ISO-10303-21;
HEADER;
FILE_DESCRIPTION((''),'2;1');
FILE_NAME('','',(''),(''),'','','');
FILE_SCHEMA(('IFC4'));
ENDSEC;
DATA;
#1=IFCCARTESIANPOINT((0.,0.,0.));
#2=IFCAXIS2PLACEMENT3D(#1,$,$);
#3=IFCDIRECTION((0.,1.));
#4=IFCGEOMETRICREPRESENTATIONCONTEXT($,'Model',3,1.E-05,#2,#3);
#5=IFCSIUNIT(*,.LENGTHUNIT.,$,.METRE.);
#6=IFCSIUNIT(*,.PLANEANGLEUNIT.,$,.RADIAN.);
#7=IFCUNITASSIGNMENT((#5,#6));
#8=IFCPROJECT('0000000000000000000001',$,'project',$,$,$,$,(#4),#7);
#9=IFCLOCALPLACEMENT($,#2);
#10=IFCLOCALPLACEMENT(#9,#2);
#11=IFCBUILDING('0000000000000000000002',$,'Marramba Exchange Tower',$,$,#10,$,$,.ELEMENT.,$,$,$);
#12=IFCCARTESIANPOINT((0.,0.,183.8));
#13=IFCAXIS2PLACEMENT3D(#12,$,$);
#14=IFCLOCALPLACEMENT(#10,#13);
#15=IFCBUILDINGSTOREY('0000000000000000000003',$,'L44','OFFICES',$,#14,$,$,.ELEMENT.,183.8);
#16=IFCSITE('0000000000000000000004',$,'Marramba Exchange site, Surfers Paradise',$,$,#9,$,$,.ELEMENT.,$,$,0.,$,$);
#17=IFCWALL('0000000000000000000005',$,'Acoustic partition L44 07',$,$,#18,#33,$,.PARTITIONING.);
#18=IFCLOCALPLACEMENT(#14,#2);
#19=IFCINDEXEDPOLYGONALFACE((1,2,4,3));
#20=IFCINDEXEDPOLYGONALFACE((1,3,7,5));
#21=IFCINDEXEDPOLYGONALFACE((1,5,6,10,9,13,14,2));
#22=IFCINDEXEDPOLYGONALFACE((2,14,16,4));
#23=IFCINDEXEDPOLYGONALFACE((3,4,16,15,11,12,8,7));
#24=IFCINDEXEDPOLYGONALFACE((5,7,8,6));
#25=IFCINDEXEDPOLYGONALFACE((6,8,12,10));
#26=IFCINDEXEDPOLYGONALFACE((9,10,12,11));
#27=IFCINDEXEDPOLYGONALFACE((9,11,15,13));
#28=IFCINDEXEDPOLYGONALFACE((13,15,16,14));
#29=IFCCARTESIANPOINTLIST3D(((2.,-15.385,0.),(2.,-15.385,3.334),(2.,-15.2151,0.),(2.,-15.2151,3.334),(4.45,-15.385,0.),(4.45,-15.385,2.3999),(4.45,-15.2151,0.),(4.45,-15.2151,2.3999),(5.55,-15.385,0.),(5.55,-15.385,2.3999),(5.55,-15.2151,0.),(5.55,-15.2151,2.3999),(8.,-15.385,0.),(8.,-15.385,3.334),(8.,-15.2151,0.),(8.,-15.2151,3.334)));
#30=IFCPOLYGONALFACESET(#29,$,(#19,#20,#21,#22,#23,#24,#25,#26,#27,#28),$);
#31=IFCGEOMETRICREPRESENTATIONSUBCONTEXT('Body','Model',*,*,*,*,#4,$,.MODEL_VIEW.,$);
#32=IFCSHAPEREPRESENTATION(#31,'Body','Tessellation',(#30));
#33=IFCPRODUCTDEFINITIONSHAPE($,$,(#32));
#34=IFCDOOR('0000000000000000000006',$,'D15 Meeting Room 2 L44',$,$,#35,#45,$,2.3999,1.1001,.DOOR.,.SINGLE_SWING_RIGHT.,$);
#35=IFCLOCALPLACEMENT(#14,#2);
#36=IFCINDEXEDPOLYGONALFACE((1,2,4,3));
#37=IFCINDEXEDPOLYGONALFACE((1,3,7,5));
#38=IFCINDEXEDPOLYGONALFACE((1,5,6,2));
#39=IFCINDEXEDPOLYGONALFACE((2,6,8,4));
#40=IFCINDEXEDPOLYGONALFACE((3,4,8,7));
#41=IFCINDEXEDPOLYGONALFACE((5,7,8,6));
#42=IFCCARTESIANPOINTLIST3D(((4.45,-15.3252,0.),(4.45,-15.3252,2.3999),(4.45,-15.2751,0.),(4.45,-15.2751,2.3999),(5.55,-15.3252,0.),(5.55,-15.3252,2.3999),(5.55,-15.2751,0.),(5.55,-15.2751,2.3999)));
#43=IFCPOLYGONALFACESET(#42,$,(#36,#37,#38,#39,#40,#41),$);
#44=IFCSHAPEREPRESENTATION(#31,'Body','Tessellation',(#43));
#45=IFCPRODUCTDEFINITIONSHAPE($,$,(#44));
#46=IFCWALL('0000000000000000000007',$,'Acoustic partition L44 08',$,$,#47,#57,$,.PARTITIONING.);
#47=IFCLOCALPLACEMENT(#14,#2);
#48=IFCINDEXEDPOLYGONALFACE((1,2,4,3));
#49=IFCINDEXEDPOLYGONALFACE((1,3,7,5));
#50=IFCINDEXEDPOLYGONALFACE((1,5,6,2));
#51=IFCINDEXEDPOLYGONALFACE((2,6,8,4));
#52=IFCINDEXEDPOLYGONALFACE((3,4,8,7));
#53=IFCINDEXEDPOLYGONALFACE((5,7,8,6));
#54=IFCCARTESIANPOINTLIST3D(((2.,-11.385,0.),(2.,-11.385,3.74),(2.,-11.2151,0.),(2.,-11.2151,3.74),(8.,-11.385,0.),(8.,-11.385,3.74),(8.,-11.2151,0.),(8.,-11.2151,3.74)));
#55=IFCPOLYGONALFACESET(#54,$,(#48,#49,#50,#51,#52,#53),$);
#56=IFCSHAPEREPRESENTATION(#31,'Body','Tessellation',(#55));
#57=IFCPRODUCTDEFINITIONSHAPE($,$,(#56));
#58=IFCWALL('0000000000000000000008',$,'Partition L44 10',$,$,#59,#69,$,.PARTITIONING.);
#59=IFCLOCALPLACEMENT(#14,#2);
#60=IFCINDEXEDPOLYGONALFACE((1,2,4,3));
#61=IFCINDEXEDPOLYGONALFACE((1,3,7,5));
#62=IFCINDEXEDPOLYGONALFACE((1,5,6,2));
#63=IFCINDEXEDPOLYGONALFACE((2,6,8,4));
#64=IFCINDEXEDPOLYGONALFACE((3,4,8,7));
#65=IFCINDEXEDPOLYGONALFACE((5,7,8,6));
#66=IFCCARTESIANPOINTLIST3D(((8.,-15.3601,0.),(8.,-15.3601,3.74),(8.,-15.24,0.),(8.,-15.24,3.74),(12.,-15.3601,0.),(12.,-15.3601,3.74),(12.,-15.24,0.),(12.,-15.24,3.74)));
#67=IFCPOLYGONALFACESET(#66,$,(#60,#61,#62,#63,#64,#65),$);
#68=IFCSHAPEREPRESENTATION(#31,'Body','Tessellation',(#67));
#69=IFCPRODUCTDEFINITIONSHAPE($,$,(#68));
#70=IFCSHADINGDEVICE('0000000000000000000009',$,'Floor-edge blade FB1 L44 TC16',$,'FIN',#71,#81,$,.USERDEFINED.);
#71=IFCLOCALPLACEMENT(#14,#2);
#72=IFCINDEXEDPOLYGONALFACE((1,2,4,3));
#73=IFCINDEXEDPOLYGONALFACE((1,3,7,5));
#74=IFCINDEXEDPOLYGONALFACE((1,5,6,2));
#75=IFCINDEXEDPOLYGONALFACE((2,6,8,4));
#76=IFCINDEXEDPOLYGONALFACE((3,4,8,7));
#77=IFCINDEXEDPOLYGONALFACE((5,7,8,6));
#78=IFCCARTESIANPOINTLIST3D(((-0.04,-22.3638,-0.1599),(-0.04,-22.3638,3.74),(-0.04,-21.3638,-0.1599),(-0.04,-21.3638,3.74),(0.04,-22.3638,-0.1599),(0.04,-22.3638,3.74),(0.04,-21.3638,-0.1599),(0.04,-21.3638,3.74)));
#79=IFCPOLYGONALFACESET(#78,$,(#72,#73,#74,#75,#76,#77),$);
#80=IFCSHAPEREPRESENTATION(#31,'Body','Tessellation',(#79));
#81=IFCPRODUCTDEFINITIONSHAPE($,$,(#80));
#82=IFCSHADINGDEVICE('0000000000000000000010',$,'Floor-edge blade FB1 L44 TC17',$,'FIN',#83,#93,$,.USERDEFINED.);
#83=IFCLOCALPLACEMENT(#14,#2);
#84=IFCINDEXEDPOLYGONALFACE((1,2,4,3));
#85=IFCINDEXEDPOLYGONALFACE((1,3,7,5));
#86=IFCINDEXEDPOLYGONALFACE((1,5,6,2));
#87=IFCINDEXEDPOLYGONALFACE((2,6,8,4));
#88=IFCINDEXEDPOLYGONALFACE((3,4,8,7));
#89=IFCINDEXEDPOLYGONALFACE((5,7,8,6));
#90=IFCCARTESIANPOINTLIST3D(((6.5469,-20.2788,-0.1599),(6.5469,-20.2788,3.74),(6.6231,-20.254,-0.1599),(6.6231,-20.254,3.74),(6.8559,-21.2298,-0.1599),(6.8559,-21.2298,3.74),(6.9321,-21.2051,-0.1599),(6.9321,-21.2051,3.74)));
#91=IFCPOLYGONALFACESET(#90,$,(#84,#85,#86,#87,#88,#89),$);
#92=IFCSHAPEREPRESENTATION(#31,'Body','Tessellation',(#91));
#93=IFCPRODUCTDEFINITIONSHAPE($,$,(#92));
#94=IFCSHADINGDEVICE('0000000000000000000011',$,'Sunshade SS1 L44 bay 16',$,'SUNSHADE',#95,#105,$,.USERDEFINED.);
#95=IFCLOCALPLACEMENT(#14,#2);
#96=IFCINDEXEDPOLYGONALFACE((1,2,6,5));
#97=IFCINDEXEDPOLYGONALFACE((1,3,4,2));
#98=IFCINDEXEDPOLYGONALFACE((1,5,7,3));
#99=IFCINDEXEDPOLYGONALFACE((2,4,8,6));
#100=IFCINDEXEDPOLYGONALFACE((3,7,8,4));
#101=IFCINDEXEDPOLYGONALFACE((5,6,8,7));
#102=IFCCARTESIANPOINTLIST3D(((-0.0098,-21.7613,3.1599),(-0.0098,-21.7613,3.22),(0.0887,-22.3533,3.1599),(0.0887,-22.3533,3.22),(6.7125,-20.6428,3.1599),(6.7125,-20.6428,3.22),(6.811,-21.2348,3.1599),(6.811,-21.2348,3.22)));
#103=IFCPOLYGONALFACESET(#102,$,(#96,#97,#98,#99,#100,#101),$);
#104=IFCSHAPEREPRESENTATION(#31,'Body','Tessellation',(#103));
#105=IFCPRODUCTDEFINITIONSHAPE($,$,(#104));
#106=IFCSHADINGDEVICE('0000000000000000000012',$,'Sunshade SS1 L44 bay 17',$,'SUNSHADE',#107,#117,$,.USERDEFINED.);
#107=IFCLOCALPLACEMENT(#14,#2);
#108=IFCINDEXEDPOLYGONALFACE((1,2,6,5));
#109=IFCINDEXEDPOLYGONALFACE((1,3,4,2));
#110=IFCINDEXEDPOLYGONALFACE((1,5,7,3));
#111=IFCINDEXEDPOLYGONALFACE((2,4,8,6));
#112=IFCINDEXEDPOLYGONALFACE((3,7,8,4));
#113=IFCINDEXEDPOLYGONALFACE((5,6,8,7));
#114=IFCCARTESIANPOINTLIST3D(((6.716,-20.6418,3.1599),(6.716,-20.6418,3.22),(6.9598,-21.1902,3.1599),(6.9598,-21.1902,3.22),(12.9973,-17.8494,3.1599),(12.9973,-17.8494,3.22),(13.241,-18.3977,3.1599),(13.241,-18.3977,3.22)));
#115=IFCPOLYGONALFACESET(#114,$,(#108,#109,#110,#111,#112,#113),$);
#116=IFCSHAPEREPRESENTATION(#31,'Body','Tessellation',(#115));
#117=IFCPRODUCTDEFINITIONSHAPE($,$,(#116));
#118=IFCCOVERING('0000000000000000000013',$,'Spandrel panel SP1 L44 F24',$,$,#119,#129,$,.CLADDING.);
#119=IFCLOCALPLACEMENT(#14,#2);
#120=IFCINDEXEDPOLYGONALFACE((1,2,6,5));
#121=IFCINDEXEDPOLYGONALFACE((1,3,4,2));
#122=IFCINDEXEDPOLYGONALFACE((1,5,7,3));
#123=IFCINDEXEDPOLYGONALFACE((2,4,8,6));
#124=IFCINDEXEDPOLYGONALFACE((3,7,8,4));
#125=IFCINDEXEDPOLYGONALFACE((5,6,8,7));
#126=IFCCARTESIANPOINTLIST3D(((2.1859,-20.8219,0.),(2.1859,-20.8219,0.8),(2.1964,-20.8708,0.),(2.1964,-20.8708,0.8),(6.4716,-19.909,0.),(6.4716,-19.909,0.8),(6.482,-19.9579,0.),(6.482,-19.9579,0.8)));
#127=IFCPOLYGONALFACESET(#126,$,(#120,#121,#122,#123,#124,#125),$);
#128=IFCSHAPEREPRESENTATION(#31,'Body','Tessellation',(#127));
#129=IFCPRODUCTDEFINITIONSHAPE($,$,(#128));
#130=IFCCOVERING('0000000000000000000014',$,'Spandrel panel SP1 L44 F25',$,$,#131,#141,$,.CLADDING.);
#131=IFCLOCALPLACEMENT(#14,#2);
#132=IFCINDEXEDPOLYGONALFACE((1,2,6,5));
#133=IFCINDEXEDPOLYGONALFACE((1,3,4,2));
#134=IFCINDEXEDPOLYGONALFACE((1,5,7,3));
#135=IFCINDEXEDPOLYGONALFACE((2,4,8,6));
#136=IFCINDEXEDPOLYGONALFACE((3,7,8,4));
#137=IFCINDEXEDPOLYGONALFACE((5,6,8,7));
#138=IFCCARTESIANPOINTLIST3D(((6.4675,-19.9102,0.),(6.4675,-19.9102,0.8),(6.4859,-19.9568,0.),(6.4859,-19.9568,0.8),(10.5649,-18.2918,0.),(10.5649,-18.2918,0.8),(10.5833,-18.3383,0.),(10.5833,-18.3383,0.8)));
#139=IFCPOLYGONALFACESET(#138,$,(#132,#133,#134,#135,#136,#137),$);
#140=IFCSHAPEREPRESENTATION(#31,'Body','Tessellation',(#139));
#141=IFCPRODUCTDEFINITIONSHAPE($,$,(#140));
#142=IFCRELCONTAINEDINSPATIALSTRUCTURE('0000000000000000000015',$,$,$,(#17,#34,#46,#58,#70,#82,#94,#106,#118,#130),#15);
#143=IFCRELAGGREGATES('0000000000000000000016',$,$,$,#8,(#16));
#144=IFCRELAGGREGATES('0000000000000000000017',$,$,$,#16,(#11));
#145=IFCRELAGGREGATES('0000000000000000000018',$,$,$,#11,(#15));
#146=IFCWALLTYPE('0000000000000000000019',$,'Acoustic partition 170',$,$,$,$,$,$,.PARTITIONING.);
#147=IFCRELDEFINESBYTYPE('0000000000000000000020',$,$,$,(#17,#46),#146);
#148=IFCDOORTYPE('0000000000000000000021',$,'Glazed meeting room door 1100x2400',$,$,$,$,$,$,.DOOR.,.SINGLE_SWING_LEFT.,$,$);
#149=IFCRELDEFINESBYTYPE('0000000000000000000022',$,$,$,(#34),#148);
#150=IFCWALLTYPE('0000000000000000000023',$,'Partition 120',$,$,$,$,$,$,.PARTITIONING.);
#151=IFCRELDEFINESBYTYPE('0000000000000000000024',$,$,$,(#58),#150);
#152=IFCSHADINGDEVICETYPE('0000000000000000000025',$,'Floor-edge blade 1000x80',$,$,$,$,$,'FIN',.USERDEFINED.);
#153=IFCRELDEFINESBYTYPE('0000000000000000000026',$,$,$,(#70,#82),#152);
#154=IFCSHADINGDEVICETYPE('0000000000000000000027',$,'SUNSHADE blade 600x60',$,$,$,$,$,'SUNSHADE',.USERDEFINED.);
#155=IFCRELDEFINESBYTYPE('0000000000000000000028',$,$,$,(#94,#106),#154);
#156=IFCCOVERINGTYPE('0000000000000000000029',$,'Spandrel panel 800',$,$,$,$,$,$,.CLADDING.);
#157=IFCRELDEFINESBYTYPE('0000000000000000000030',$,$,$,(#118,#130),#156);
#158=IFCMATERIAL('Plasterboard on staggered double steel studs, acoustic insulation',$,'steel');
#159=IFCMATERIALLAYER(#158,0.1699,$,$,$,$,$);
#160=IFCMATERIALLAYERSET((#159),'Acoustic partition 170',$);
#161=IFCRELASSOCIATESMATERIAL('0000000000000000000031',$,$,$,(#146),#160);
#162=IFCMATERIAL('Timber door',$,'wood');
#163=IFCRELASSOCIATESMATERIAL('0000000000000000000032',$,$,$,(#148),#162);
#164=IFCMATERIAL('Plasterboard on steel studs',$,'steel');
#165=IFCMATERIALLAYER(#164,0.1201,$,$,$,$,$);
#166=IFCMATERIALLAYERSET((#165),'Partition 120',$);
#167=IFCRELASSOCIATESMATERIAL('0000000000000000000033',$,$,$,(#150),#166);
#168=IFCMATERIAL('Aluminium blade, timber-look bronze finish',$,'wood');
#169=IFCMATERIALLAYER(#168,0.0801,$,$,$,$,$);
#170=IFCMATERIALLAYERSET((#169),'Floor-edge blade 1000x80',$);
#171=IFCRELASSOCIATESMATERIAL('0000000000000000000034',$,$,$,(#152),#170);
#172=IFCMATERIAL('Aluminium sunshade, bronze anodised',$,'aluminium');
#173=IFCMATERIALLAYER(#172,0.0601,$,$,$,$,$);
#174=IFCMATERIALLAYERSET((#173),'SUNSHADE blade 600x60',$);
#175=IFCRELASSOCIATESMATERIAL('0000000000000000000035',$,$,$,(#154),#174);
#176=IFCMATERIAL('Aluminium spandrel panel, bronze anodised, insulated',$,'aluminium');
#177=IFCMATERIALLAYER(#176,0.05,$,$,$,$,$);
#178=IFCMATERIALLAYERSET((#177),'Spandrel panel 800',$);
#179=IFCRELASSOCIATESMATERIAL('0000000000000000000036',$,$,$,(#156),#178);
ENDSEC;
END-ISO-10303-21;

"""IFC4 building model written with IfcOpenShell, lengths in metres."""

from ifc_helpers import new_model, si_unit, direction, frame, frame_2d, origin, origin_2d, place, context, subcontext, project, spatial, rectangle, extrude, material, layer, layer_set, type_object, element, fill, save


model = new_model("IFC4")

# Units and contexts
model_context = context("Model", 3, precision=1e-05, world=origin(), true_north=direction((0.0, 1.0)))
body_context = subcontext(model_context, "Body", "Model", "MODEL_VIEW")
ifc_project = project(units=[si_unit("LENGTHUNIT", "METRE"), si_unit("PLANEANGLEUNIT", "RADIAN")], contexts=[model_context])

# Site, building, storey
site_placement = place(None, origin())
site = spatial("IfcSite", under=ifc_project, at=site_placement, Name="Marramba Exchange site, Surfers Paradise", CompositionType="ELEMENT", RefElevation=0.0)
building_placement = place(site_placement, origin())
building = spatial("IfcBuilding", under=site, at=building_placement, Name="Marramba Exchange Tower", CompositionType="ELEMENT")
storey_placement = place(building_placement, frame((0.0, 0.0, 183.8)))
storey = spatial("IfcBuildingStorey", under=building, at=storey_placement, Name="L44", Description="OFFICES", CompositionType="ELEMENT", Elevation=183.8)

# Shared definitions
ifc_material_1 = material(Name="Plasterboard on staggered double steel studs, acoustic insulation", Category="steel")
ifc_layer_1 = layer(ifc_material_1, 0.1699)
ifc_layer_set_1 = layer_set([ifc_layer_1], Name="Acoustic partition 170")
wall_type_1 = type_object("IfcWallType", Name="Acoustic partition 170", PredefinedType="PARTITIONING", material=ifc_layer_set_1)

# Wall, opening, door
wall_1_placement = place(storey_placement, frame((2.0, -15.3, 0.0), z_axis=(0.0, 0.0, 1.0), x_axis=(1.0, 0.0, 0.0)))
wall_1 = element("IfcWall", 1, at=wall_1_placement, inside=storey, type_object=wall_type_1, Name="Acoustic partition L44 07", PredefinedType="PARTITIONING", context=body_context, shape_type="SweptSolid", body=[
    extrude(rectangle(XDim=6.0, YDim=0.1699, at=frame_2d((3.0, 0.0))), origin(), (0.0, 0.0, 1.0), 3.334),
])
opening_placement = place(wall_1_placement, frame((2.45, 0.0, 0.0)))
opening = element("IfcOpeningElement", 2, at=opening_placement, cuts=wall_1, PredefinedType="OPENING", context=body_context, shape_type="SweptSolid", body=[
    extrude(rectangle(XDim=1.1001, YDim=2.3999, at=frame_2d((0.55, 1.2))), frame((0.0, 0.095, 0.0), z_axis=(0.0, -1.0, 0.0), x_axis=(1.0, 0.0, 0.0)), (0.0, 0.0, 1.0), 0.1899),
])
ifc_material_2 = material(Name="Timber door", Category="wood")
door_type = type_object("IfcDoorType", Name="Glazed meeting room door 1100x2400", OperationType="SINGLE_SWING_LEFT", PredefinedType="DOOR", material=ifc_material_2)
door_placement = place(opening_placement, origin())
door = element("IfcDoor", 3, at=door_placement, inside=storey, type_object=door_type, Name="D15 Meeting Room 2 L44", OperationType="SINGLE_SWING_RIGHT", OverallHeight=2.3999, OverallWidth=1.1001, PredefinedType="DOOR", context=body_context, shape_type="SweptSolid", body=[
    extrude(rectangle(XDim=1.1001, YDim=2.3999, at=frame_2d((0.55, 1.2))), frame((0.0, 0.0249, 0.0), z_axis=(0.0, -1.0, 0.0), x_axis=(1.0, 0.0, 0.0)), (0.0, 0.0, 1.0), 0.05),
])
fill(opening, door)

# Walls
wall_2_placement = place(storey_placement, frame((8.0, -11.3, 0.0), z_axis=(0.0, 0.0, 1.0), x_axis=(-1.0, 0.0, 0.0)))
element("IfcWall", 4, at=wall_2_placement, inside=storey, type_object=wall_type_1, Name="Acoustic partition L44 08", PredefinedType="PARTITIONING", context=body_context, shape_type="SweptSolid", body=[
    extrude(rectangle(XDim=6.0, YDim=0.1699, at=frame_2d((3.0, 0.0))), origin(), (0.0, 0.0, 1.0), 3.74),
])
ifc_material_3 = material(Name="Plasterboard on steel studs", Category="steel")
ifc_layer_2 = layer(ifc_material_3, 0.1201)
ifc_layer_set_2 = layer_set([ifc_layer_2], Name="Partition 120")
wall_type_2 = type_object("IfcWallType", Name="Partition 120", PredefinedType="PARTITIONING", material=ifc_layer_set_2)
wall_3_placement = place(storey_placement, frame((8.0, -15.3, 0.0), z_axis=(0.0, 0.0, 1.0), x_axis=(1.0, 0.0, 0.0)))
element("IfcWall", 5, at=wall_3_placement, inside=storey, type_object=wall_type_2, Name="Partition L44 10", PredefinedType="PARTITIONING", context=body_context, shape_type="SweptSolid", body=[
    extrude(rectangle(XDim=4.0, YDim=0.1201, at=frame_2d((2.0, 0.0))), origin(), (0.0, 0.0, 1.0), 3.74),
])

# Shading devices
ifc_material_4 = material(Name="Aluminium blade, timber-look bronze finish", Category="wood")
ifc_layer_3 = layer(ifc_material_4, 0.0801)
ifc_layer_set_3 = layer_set([ifc_layer_3], Name="Floor-edge blade 1000x80")
shading_device_type_1 = type_object("IfcShadingDeviceType", Name="Floor-edge blade 1000x80", ElementType="FIN", PredefinedType="USERDEFINED", material=ifc_layer_set_3)
for number, where, z_axis, x_axis, name in (
    (6, (0.0, -21.8638, -0.1599), (0.0, 0.0, 1.0), (0.0, -1.0, 0.0), "Floor-edge blade FB1 L44 TC16"),
    (7, (6.7395, -20.7419, -0.1599), (0.0, 0.0, 1.0), (0.309017, -0.951057, 0.0), "Floor-edge blade FB1 L44 TC17"),
):
    element("IfcShadingDevice", number, at=place(storey_placement, frame(where, z_axis=z_axis, x_axis=x_axis)), inside=storey, type_object=shading_device_type_1, Name=name, ObjectType="FIN", PredefinedType="USERDEFINED", context=body_context, shape_type="SweptSolid", body=[
        extrude(rectangle(XDim=1.0, YDim=0.0801, at=origin_2d()), origin(), (0.0, 0.0, 1.0), 3.8999),
    ])
ifc_material_5 = material(Name="Aluminium sunshade, bronze anodised", Category="aluminium")
ifc_layer_4 = layer(ifc_material_5, 0.0601)
ifc_layer_set_4 = layer_set([ifc_layer_4], Name="SUNSHADE blade 600x60")
shading_device_type_2 = type_object("IfcShadingDeviceType", Name="SUNSHADE blade 600x60", ElementType="SUNSHADE", PredefinedType="USERDEFINED", material=ifc_layer_set_4)
shading_device_1_placement = place(storey_placement, frame((3.4006, -21.498, 3.1599), z_axis=(0.0, 0.0, 1.0), x_axis=(0.98644, 0.164125, 0.0)))
element("IfcShadingDevice", 8, at=shading_device_1_placement, inside=storey, type_object=shading_device_type_2, Name="Sunshade SS1 L44 bay 16", ObjectType="SUNSHADE", PredefinedType="USERDEFINED", context=body_context, shape_type="SweptSolid", body=[
    extrude(rectangle(XDim=6.8147, YDim=0.6001, at=origin_2d()), origin(), (0.0, 0.0, 1.0), 0.0601),
])
shading_device_2_placement = place(storey_placement, frame((9.9785, -19.5198, 3.1599), z_axis=(0.0, 0.0, 1.0), x_axis=(0.913772, 0.406228, 0.0)))
element("IfcShadingDevice", 9, at=shading_device_2_placement, inside=storey, type_object=shading_device_type_2, Name="Sunshade SS1 L44 bay 17", ObjectType="SUNSHADE", PredefinedType="USERDEFINED", context=body_context, shape_type="SweptSolid", body=[
    extrude(rectangle(XDim=6.874, YDim=0.6001, at=origin_2d()), origin(), (0.0, 0.0, 1.0), 0.0601),
])

# Coverings
ifc_material_6 = material(Name="Aluminium spandrel panel, bronze anodised, insulated", Category="aluminium")
ifc_layer_5 = layer(ifc_material_6, 0.05)
ifc_layer_set_5 = layer_set([ifc_layer_5], Name="Spandrel panel 800")
covering_type = type_object("IfcCoveringType", Name="Spandrel panel 800", PredefinedType="CLADDING", material=ifc_layer_set_5)
covering_1_placement = place(storey_placement, frame((4.334, -20.3899, 0.0), z_axis=(0.0, 0.0, 1.0), x_axis=(0.978058, 0.208332, 0.0)))
element("IfcCovering", 10, at=covering_1_placement, inside=storey, type_object=covering_type, Name="Spandrel panel SP1 L44 F24", PredefinedType="CLADDING", context=body_context, shape_type="SweptSolid", body=[
    extrude(rectangle(XDim=4.3818, YDim=0.05, at=origin_2d()), origin(), (0.0, 0.0, 1.0), 0.8),
])
covering_2_placement = place(storey_placement, frame((8.5254, -19.1243, 0.0), z_axis=(0.0, 0.0, 1.0), x_axis=(0.930073, 0.367375, 0.0)))
element("IfcCovering", 11, at=covering_2_placement, inside=storey, type_object=covering_type, Name="Spandrel panel SP1 L44 F25", PredefinedType="CLADDING", context=body_context, shape_type="SweptSolid", body=[
    extrude(rectangle(XDim=4.4055, YDim=0.05, at=origin_2d()), origin(), (0.0, 0.0, 1.0), 0.8),
])

save(model, "model.ifc")
